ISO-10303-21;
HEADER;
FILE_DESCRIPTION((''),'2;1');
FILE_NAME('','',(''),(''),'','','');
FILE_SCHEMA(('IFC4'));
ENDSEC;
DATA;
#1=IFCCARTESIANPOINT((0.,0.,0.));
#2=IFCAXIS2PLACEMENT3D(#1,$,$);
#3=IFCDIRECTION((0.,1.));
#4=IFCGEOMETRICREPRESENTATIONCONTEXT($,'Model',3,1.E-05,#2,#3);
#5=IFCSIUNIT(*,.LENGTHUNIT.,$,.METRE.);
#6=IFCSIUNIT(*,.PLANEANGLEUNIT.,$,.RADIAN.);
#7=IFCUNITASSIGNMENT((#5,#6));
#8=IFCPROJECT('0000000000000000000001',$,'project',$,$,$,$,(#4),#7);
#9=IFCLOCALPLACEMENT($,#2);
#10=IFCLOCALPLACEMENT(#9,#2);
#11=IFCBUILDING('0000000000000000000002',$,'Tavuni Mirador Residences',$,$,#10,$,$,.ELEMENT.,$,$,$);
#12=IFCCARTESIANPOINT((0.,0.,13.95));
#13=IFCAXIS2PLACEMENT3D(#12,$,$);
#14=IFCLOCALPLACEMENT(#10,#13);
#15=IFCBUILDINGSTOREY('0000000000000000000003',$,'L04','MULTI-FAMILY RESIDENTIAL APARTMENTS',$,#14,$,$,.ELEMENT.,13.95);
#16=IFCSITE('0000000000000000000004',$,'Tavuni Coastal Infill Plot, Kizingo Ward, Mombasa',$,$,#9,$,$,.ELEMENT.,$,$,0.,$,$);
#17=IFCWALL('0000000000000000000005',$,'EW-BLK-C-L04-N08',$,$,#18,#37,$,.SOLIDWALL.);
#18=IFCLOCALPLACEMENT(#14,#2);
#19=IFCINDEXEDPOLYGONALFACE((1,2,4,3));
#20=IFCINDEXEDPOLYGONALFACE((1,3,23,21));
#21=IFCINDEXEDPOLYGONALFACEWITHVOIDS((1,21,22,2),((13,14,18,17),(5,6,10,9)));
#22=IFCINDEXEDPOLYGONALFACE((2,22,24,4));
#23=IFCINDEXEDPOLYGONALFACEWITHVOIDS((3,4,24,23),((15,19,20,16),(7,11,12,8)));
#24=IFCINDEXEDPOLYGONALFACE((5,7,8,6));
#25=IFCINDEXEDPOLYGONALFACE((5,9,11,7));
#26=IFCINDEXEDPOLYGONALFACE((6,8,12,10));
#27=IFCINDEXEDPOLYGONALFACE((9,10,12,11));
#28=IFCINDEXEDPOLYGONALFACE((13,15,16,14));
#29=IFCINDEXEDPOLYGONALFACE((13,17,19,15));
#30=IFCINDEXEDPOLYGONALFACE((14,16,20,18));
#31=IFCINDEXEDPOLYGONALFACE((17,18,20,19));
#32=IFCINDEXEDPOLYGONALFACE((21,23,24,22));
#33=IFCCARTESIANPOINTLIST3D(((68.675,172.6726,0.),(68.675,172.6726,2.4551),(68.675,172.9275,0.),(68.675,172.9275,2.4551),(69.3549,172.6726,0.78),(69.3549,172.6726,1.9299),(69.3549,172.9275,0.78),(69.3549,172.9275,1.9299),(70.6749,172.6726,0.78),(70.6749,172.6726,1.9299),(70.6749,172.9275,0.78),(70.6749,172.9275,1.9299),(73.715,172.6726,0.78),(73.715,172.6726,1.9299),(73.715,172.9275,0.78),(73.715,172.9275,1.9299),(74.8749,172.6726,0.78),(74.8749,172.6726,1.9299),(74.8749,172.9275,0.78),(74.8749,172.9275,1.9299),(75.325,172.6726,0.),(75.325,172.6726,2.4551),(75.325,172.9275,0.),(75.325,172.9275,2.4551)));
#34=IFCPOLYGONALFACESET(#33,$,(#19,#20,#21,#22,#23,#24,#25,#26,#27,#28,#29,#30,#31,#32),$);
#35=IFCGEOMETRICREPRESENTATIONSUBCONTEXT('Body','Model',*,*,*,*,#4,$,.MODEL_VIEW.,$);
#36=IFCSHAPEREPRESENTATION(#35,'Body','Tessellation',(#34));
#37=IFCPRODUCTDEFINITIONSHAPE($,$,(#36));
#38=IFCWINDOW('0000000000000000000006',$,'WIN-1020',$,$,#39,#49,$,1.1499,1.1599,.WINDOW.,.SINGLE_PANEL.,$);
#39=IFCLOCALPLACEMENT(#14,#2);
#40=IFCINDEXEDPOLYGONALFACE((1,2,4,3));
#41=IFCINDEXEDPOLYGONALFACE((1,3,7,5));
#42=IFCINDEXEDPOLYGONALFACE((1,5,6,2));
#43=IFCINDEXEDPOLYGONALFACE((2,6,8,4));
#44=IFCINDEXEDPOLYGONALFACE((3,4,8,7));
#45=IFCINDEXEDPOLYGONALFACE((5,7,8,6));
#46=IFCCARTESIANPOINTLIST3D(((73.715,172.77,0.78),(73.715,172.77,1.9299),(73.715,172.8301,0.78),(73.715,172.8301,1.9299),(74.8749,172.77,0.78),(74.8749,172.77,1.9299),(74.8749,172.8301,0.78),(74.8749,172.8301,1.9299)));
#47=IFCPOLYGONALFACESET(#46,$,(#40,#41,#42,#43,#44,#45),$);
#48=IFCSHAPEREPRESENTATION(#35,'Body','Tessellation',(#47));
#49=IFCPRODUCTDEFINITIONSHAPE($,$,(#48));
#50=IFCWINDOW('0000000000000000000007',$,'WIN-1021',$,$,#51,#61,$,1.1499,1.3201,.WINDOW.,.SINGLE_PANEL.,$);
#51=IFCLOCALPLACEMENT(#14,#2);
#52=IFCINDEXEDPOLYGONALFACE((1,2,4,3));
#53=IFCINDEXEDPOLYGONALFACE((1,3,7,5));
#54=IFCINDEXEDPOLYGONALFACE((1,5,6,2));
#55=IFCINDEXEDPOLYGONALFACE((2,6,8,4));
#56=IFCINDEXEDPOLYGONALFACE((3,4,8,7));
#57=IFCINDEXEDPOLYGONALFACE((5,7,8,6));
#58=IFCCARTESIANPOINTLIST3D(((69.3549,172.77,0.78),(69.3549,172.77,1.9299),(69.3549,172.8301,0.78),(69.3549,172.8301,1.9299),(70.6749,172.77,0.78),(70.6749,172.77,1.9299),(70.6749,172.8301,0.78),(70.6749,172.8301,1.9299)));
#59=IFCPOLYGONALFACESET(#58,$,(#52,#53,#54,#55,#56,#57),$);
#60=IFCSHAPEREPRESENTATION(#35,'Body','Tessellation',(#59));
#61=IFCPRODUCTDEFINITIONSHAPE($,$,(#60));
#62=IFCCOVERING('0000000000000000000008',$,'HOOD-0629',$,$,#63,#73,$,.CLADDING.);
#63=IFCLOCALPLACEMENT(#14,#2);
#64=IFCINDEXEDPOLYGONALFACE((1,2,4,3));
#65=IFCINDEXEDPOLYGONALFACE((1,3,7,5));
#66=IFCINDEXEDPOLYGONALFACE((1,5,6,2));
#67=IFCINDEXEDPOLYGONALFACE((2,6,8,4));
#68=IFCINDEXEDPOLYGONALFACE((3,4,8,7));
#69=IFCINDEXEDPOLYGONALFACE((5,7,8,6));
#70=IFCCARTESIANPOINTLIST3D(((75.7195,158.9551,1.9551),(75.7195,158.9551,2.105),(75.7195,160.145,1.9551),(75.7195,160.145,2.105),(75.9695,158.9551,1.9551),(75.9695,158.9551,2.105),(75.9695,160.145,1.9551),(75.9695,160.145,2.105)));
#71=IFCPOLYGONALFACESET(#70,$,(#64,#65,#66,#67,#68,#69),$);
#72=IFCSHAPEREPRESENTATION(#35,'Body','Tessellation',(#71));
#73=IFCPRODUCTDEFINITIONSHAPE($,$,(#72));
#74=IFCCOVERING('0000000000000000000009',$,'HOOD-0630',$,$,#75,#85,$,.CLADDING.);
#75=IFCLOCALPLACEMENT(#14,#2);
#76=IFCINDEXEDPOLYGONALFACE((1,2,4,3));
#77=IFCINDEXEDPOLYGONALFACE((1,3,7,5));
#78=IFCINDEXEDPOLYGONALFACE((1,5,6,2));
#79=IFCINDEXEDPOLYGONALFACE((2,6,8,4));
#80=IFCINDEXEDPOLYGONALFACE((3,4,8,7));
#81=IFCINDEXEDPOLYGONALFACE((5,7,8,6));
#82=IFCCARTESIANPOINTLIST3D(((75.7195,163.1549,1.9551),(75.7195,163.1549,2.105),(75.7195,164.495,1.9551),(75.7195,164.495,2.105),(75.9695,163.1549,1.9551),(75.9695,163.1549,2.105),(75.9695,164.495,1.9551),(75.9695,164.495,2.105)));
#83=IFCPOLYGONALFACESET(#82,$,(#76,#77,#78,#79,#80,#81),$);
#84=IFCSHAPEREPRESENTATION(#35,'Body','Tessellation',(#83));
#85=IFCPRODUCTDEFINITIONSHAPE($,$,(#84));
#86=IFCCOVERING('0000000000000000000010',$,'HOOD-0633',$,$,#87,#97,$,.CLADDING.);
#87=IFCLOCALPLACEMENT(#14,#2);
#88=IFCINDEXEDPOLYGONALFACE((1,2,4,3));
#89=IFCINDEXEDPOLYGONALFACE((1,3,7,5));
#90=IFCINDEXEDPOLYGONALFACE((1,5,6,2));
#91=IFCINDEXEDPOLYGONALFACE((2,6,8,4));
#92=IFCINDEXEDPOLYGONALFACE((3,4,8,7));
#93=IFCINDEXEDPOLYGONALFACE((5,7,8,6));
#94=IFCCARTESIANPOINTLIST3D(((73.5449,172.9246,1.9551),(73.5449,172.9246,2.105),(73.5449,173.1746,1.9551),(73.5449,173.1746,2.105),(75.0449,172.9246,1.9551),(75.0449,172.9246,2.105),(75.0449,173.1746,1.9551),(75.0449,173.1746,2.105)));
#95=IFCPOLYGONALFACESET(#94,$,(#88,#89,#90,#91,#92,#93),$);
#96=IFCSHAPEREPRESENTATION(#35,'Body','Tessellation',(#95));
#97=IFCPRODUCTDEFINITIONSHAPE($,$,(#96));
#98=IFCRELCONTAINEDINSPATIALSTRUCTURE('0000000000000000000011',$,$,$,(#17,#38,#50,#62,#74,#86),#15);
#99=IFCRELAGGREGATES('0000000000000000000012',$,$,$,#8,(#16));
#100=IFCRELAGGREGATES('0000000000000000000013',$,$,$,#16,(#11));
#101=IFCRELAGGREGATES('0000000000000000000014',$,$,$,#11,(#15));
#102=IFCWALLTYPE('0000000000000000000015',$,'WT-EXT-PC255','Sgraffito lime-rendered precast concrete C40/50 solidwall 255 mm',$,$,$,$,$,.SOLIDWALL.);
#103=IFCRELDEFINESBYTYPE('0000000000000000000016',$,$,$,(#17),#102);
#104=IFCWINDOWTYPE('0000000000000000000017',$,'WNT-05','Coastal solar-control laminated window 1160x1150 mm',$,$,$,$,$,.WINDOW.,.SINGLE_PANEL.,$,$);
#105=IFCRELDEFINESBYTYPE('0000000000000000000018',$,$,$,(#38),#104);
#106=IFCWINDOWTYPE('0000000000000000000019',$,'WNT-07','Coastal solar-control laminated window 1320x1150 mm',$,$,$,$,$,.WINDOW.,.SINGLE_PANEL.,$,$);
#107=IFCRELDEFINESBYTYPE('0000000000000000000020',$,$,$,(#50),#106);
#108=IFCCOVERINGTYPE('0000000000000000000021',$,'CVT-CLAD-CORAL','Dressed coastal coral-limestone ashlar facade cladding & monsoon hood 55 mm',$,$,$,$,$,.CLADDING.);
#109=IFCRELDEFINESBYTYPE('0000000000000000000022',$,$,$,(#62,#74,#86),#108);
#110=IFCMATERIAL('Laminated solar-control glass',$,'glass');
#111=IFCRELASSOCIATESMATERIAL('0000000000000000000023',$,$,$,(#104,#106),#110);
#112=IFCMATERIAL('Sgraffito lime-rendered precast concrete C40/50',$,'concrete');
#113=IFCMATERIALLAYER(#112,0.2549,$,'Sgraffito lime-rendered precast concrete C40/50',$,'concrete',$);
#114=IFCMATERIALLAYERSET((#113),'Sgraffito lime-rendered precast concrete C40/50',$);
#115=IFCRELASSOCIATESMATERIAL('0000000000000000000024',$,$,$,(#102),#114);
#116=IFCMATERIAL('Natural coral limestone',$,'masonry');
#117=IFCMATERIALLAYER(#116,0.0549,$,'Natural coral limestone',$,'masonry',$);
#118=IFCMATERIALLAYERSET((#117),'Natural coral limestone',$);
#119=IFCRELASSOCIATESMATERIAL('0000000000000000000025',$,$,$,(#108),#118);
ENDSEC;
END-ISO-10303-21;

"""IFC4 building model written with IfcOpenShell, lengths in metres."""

from ifc_helpers import new_model, si_unit, direction, frame, frame_2d, origin, origin_2d, place, context, subcontext, project, spatial, rectangle, extrude, material, layer, layer_set, type_object, element, fill, save


model = new_model("IFC4")

# Units and contexts
model_context = context("Model", 3, precision=1e-05, world=origin(), true_north=direction((0.0, 1.0)))
body_context = subcontext(model_context, "Body", "Model", "MODEL_VIEW")
ifc_project = project(units=[si_unit("LENGTHUNIT", "METRE"), si_unit("PLANEANGLEUNIT", "RADIAN")], contexts=[model_context])

# Site, building, storey
site_placement = place(None, origin())
site = spatial("IfcSite", under=ifc_project, at=site_placement, Name="Tavuni Coastal Infill Plot, Kizingo Ward, Mombasa", CompositionType="ELEMENT", RefElevation=0.0)
building_placement = place(site_placement, origin())
building = spatial("IfcBuilding", under=site, at=building_placement, Name="Tavuni Mirador Residences", CompositionType="ELEMENT")
storey_placement = place(building_placement, frame((0.0, 0.0, 13.95)))
storey = spatial("IfcBuildingStorey", under=building, at=storey_placement, Name="L04", Description="MULTI-FAMILY RESIDENTIAL APARTMENTS", CompositionType="ELEMENT", Elevation=13.95)

# Wall, openings, windows
ifc_material_1 = material(Name="Laminated solar-control glass", Category="glass")
window_type_1 = type_object("IfcWindowType", Name="WNT-05", Description="Coastal solar-control laminated window 1160x1150 mm", PartitioningType="SINGLE_PANEL", PredefinedType="WINDOW", material=ifc_material_1)
ifc_material_2 = material(Name="Sgraffito lime-rendered precast concrete C40/50", Category="concrete")
ifc_layer_1 = layer(ifc_material_2, 0.2549, Name="Sgraffito lime-rendered precast concrete C40/50", Category="concrete")
ifc_layer_set_1 = layer_set([ifc_layer_1], Name="Sgraffito lime-rendered precast concrete C40/50")
wall_type_1 = type_object("IfcWallType", Name="WT-EXT-PC255", Description="Sgraffito lime-rendered precast concrete C40/50 solidwall 255 mm", PredefinedType="SOLIDWALL", material=ifc_layer_set_1)
wall_1_placement = place(storey_placement, frame((75.325, 172.8, 0.0), z_axis=(0.0, 0.0, 1.0), x_axis=(-1.0, 0.0, 0.0)))
wall_1 = element("IfcWall", 1, at=wall_1_placement, inside=storey, type_object=wall_type_1, Name="EW-BLK-C-L04-N08", PredefinedType="SOLIDWALL", context=body_context, shape_type="SweptSolid", body=[
    extrude(rectangle(XDim=6.6499, YDim=0.2549, at=frame_2d((3.325, 0.0))), origin(), (0.0, 0.0, 1.0), 2.4551),
])
opening_1_placement = place(wall_1_placement, frame((0.45, 0.0, 0.78)))
opening_1 = element("IfcOpeningElement", 2, at=opening_1_placement, cuts=wall_1, PredefinedType="OPENING", context=body_context, shape_type="SweptSolid", body=[
    extrude(rectangle(XDim=1.1599, YDim=1.1499, at=frame_2d((0.5801, 0.575))), frame((0.0, 0.1375, 0.0), z_axis=(0.0, -1.0, 0.0), x_axis=(1.0, 0.0, 0.0)), (0.0, 0.0, 1.0), 0.2749),
])
opening_2_placement = place(wall_1_placement, frame((4.6499, 0.0, 0.78)))
opening_2 = element("IfcOpeningElement", 3, at=opening_2_placement, cuts=wall_1, PredefinedType="OPENING", context=body_context, shape_type="SweptSolid", body=[
    extrude(rectangle(XDim=1.3201, YDim=1.1499, at=frame_2d((0.6602, 0.575))), frame((0.0, 0.1375, 0.0), z_axis=(0.0, -1.0, 0.0), x_axis=(1.0, 0.0, 0.0)), (0.0, 0.0, 1.0), 0.2749),
])
window_1_placement = place(opening_1_placement, origin())
window_1 = element("IfcWindow", 4, at=window_1_placement, inside=storey, type_object=window_type_1, Name="WIN-1020", OverallHeight=1.1499, OverallWidth=1.1599, PartitioningType="SINGLE_PANEL", PredefinedType="WINDOW", context=body_context, shape_type="SweptSolid", body=[
    extrude(rectangle(XDim=1.1599, YDim=1.1499, at=frame_2d((0.5801, 0.575))), frame((0.0, 0.03, 0.0), z_axis=(0.0, -1.0, 0.0), x_axis=(1.0, 0.0, 0.0)), (0.0, 0.0, 1.0), 0.0601),
])
fill(opening_1, window_1)
window_type_2 = type_object("IfcWindowType", Name="WNT-07", Description="Coastal solar-control laminated window 1320x1150 mm", PartitioningType="SINGLE_PANEL", PredefinedType="WINDOW", material=ifc_material_1)
window_2_placement = place(opening_2_placement, origin())
window_2 = element("IfcWindow", 5, at=window_2_placement, inside=storey, type_object=window_type_2, Name="WIN-1021", OverallHeight=1.1499, OverallWidth=1.3201, PartitioningType="SINGLE_PANEL", PredefinedType="WINDOW", context=body_context, shape_type="SweptSolid", body=[
    extrude(rectangle(XDim=1.3201, YDim=1.1499, at=frame_2d((0.6602, 0.575))), frame((0.0, 0.03, 0.0), z_axis=(0.0, -1.0, 0.0), x_axis=(1.0, 0.0, 0.0)), (0.0, 0.0, 1.0), 0.0601),
])
fill(opening_2, window_2)

# Coverings
ifc_material_3 = material(Name="Natural coral limestone", Category="masonry")
ifc_layer_2 = layer(ifc_material_3, 0.0549, Name="Natural coral limestone", Category="masonry")
ifc_layer_set_2 = layer_set([ifc_layer_2], Name="Natural coral limestone")
covering_type = type_object("IfcCoveringType", Name="CVT-CLAD-CORAL", Description="Dressed coastal coral-limestone ashlar facade cladding & monsoon hood 55 mm", PredefinedType="CLADDING", material=ifc_layer_set_2)
covering_1_placement = place(storey_placement, frame((75.8445, 159.55, 1.9551), z_axis=(0.0, 0.0, 1.0), x_axis=(0.0, 1.0, 0.0)))
element("IfcCovering", 6, at=covering_1_placement, inside=storey, type_object=covering_type, Name="HOOD-0629", PredefinedType="CLADDING", context=body_context, shape_type="SweptSolid", body=[
    extrude(rectangle(XDim=1.1899, YDim=0.25, at=origin_2d()), origin(), (0.0, 0.0, 1.0), 0.1499),
])
covering_2_placement = place(storey_placement, frame((75.8445, 163.825, 1.9551), z_axis=(0.0, 0.0, 1.0), x_axis=(0.0, 1.0, 0.0)))
element("IfcCovering", 7, at=covering_2_placement, inside=storey, type_object=covering_type, Name="HOOD-0630", PredefinedType="CLADDING", context=body_context, shape_type="SweptSolid", body=[
    extrude(rectangle(XDim=1.3401, YDim=0.25, at=origin_2d()), origin(), (0.0, 0.0, 1.0), 0.1499),
])
covering_3_placement = place(storey_placement, frame((74.2949, 173.0496, 1.9551), z_axis=(0.0, 0.0, 1.0), x_axis=(-1.0, 0.0, 0.0)))
element("IfcCovering", 8, at=covering_3_placement, inside=storey, type_object=covering_type, Name="HOOD-0633", PredefinedType="CLADDING", context=body_context, shape_type="SweptSolid", body=[
    extrude(rectangle(XDim=1.5, YDim=0.25, at=origin_2d()), origin(), (0.0, 0.0, 1.0), 0.1499),
])

save(model, "model.ifc")
